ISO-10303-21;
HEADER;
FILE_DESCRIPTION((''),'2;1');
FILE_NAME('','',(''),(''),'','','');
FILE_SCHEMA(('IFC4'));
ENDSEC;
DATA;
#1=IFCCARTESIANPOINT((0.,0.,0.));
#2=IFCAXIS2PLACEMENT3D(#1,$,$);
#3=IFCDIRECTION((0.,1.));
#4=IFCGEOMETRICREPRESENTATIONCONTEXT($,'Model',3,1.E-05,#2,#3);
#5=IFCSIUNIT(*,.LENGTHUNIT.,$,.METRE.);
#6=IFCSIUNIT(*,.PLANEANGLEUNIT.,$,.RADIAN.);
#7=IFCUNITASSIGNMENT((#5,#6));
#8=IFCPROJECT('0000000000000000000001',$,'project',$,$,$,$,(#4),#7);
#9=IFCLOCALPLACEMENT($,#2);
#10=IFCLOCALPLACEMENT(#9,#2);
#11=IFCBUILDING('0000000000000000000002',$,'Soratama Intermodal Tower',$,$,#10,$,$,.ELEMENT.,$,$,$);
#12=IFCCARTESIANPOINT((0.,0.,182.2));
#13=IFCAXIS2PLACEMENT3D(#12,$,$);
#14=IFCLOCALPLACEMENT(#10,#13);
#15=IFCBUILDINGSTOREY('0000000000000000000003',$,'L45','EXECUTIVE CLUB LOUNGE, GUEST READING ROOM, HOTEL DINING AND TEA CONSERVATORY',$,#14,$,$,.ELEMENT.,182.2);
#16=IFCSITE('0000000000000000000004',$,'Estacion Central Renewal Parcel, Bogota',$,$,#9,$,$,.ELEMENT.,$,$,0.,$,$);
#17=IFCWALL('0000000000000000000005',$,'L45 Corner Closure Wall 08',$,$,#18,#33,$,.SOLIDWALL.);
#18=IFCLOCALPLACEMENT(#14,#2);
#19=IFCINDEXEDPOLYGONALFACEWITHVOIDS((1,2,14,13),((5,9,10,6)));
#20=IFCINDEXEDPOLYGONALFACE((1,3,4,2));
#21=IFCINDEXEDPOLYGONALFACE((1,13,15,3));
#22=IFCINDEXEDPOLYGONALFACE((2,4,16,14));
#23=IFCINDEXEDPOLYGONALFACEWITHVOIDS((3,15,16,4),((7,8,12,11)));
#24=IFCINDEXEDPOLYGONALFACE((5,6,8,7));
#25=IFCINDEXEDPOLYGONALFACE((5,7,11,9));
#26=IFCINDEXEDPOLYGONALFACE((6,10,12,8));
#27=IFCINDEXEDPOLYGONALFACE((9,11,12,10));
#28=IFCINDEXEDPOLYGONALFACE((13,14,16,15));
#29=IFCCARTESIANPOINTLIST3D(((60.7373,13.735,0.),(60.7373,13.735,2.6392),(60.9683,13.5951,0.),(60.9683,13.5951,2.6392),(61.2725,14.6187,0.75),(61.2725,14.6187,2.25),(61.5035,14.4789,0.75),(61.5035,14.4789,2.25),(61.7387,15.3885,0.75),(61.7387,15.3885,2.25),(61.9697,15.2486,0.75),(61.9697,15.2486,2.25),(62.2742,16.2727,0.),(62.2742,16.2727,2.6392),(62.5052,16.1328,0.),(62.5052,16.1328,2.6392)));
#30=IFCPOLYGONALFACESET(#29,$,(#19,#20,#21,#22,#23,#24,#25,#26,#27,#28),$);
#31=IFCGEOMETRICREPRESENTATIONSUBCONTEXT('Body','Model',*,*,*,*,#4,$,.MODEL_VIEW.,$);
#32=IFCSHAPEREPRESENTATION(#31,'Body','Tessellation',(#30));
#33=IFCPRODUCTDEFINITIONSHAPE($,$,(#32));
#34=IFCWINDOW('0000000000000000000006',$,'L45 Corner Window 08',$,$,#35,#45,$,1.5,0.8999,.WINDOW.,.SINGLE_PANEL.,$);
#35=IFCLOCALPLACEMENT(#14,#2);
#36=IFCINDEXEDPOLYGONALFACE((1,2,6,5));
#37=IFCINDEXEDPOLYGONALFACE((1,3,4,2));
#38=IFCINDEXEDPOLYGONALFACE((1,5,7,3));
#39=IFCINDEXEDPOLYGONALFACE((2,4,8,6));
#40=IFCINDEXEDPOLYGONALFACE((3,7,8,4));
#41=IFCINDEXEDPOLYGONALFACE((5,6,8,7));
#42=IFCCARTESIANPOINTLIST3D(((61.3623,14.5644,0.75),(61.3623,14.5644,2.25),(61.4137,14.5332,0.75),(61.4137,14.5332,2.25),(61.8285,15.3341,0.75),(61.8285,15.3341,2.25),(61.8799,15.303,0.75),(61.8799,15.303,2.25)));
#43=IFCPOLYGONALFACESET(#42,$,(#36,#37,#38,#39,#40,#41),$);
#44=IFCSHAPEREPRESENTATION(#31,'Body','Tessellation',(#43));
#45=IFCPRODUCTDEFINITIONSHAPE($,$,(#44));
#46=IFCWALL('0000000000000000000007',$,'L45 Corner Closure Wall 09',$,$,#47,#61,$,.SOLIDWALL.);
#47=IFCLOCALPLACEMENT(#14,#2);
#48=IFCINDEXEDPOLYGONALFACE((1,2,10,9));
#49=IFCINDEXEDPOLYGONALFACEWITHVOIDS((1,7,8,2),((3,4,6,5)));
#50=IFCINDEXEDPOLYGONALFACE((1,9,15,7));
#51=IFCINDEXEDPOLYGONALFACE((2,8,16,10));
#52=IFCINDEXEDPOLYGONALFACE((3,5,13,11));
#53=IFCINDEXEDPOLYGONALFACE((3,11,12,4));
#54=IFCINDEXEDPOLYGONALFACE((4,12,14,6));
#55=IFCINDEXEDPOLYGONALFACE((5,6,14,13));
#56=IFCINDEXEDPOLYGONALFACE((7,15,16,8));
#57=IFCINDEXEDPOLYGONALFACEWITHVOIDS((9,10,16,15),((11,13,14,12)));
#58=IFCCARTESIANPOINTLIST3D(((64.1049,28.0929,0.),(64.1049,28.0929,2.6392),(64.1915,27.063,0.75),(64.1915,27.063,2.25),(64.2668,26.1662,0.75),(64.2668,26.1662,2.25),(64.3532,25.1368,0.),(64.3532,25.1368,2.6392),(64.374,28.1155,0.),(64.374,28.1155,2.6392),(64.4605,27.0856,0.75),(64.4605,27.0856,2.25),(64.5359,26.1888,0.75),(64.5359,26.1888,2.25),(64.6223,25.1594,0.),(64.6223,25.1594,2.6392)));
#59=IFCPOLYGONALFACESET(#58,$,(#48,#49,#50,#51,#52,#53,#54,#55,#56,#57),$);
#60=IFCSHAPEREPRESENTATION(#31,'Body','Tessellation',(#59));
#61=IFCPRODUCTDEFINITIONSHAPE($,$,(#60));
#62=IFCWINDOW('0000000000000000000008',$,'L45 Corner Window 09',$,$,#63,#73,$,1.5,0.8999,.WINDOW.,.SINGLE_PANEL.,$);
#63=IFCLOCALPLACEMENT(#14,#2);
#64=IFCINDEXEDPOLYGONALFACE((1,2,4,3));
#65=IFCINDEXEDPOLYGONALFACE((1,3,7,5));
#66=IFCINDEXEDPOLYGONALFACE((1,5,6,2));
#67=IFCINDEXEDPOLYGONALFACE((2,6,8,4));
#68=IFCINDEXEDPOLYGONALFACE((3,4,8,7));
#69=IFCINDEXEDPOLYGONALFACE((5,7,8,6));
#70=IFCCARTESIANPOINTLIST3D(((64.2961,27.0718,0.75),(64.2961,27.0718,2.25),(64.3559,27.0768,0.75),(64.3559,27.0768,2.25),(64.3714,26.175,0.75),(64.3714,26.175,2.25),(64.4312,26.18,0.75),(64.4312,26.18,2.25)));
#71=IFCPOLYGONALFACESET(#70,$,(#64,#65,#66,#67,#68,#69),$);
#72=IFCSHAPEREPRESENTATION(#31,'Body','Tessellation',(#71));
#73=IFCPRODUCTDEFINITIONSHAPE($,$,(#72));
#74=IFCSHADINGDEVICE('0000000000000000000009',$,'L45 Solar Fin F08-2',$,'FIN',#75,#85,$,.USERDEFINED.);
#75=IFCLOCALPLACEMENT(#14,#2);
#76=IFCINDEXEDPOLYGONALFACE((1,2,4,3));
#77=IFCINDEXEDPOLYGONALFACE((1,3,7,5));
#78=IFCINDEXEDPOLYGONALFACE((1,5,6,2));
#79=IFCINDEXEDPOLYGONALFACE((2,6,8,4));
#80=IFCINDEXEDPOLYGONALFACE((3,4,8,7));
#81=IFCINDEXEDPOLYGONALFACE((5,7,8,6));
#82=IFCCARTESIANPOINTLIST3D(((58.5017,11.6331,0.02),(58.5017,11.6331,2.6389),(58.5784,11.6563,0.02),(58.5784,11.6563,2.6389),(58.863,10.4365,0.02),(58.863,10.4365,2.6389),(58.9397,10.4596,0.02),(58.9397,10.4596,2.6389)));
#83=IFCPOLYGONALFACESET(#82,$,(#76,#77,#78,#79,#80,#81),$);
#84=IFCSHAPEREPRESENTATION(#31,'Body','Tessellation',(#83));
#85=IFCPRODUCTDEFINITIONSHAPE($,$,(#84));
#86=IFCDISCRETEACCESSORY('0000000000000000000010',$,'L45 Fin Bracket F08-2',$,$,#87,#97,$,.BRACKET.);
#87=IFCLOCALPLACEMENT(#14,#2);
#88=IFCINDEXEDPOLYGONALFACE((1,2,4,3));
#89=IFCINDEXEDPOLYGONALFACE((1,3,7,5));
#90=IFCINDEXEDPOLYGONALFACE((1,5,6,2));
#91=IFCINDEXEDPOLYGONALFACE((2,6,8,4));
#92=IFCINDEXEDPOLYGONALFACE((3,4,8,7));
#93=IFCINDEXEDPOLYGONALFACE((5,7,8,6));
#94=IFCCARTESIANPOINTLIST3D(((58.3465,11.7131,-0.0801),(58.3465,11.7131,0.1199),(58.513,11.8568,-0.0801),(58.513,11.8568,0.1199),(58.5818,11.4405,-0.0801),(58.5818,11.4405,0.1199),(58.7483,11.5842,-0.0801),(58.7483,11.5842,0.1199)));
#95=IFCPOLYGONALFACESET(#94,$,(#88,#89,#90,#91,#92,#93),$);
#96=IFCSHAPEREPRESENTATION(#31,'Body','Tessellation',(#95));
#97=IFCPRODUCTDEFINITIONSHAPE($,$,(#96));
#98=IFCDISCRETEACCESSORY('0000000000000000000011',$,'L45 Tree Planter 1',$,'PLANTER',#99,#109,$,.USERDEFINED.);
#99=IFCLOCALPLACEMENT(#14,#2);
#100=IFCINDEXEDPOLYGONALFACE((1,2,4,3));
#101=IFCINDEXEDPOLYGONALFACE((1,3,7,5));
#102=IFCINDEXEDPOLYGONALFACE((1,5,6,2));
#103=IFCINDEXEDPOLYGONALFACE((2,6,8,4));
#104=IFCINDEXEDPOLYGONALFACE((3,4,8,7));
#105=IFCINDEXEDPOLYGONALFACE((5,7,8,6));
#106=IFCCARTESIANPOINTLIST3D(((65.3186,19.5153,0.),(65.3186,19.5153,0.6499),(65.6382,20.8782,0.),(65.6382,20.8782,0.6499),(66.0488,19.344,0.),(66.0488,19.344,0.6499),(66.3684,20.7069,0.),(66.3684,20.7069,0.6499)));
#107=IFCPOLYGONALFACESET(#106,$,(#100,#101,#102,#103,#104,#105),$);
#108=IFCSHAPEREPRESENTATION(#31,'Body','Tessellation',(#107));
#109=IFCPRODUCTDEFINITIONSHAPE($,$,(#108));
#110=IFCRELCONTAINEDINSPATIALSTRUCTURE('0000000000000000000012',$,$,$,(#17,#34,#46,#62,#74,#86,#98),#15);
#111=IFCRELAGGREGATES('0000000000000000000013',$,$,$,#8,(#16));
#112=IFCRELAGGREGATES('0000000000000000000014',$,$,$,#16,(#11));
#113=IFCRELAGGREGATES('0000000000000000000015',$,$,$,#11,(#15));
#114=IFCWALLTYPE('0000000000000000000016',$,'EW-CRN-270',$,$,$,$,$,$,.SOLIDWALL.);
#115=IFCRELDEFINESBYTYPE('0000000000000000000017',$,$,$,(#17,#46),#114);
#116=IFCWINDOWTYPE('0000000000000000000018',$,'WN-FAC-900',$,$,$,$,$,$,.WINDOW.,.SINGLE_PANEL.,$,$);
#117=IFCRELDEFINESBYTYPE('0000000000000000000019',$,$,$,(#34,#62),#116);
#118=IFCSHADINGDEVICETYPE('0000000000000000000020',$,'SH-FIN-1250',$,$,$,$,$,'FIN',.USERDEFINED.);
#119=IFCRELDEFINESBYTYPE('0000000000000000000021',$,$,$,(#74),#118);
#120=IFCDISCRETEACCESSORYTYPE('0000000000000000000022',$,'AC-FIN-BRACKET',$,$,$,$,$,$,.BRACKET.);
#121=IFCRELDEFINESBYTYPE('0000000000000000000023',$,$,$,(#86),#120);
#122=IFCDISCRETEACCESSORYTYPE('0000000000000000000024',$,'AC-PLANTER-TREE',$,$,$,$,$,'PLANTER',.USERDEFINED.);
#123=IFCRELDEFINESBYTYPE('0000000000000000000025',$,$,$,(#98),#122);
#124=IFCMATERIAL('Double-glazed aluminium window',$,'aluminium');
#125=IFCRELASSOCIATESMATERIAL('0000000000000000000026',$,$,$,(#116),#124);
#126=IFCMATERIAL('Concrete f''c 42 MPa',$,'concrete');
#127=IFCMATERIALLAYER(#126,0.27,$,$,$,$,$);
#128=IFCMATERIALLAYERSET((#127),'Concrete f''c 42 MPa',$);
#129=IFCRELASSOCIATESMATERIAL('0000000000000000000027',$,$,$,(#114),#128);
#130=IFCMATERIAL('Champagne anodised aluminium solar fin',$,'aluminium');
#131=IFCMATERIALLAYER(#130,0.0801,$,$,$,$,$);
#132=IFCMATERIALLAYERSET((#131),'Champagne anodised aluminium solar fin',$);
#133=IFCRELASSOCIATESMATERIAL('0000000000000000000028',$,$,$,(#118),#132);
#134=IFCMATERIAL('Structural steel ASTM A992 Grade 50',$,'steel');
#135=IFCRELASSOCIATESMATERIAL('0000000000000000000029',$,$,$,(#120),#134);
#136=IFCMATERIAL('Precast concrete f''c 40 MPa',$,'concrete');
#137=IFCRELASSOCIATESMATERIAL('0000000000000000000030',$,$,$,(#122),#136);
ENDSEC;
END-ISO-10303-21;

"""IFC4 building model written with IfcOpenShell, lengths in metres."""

from ifc_helpers import new_model, si_unit, direction, frame, frame_2d, origin, origin_2d, place, context, subcontext, project, spatial, rectangle, extrude, material, layer, layer_set, type_object, element, fill, save


model = new_model("IFC4")

# Units and contexts
model_context = context("Model", 3, precision=1e-05, world=origin(), true_north=direction((0.0, 1.0)))
body_context = subcontext(model_context, "Body", "Model", "MODEL_VIEW")
ifc_project = project(units=[si_unit("LENGTHUNIT", "METRE"), si_unit("PLANEANGLEUNIT", "RADIAN")], contexts=[model_context])

# Site, building, storey
site_placement = place(None, origin())
site = spatial("IfcSite", under=ifc_project, at=site_placement, Name="Estacion Central Renewal Parcel, Bogota", CompositionType="ELEMENT", RefElevation=0.0)
building_placement = place(site_placement, origin())
building = spatial("IfcBuilding", under=site, at=building_placement, Name="Soratama Intermodal Tower", CompositionType="ELEMENT")
storey_placement = place(building_placement, frame((0.0, 0.0, 182.2)))
storey = spatial("IfcBuildingStorey", under=building, at=storey_placement, Name="L45", Description="EXECUTIVE CLUB LOUNGE, GUEST READING ROOM, HOTEL DINING AND TEA CONSERVATORY", CompositionType="ELEMENT", Elevation=182.2)

# Shared definitions
ifc_material_1 = material(Name="Double-glazed aluminium window", Category="aluminium")
window_type = type_object("IfcWindowType", Name="WN-FAC-900", PartitioningType="SINGLE_PANEL", PredefinedType="WINDOW", material=ifc_material_1)

# Walls, openings, windows
ifc_material_2 = material(Name="Concrete f'c 42 MPa", Category="concrete")
ifc_layer_1 = layer(ifc_material_2, 0.27)
ifc_layer_set_1 = layer_set([ifc_layer_1], Name="Concrete f'c 42 MPa")
wall_type_1 = type_object("IfcWallType", Name="EW-CRN-270", PredefinedType="SOLIDWALL", material=ifc_layer_set_1)
wall_1_placement = place(storey_placement, frame((60.8528, 13.665, 0.0), z_axis=(0.0, 0.0, 1.0), x_axis=(0.518037, 0.855358, 0.0)))
wall_1 = element("IfcWall", 1, at=wall_1_placement, inside=storey, type_object=wall_type_1, Name="L45 Corner Closure Wall 08", PredefinedType="SOLIDWALL", context=body_context, shape_type="SweptSolid", body=[
    extrude(rectangle(XDim=2.9668, YDim=0.27, at=frame_2d((1.4834, 0.0))), origin(), (0.0, 0.0, 1.0), 2.6392),
])
opening_1_placement = place(wall_1_placement, frame((1.0332, 0.0, 0.75)))
opening_1 = element("IfcOpeningElement", 2, at=opening_1_placement, cuts=wall_1, PredefinedType="OPENING", context=body_context, shape_type="SweptSolid", body=[
    extrude(rectangle(XDim=0.8999, YDim=1.5, at=frame_2d((0.45, 0.75))), frame((0.0, 0.145, 0.0), z_axis=(0.0, -1.0, 0.0), x_axis=(1.0, 0.0, 0.0)), (0.0, 0.0, 1.0), 0.29),
])
window_1_placement = place(opening_1_placement, origin())
window_1 = element("IfcWindow", 3, at=window_1_placement, inside=storey, type_object=window_type, Name="L45 Corner Window 08", OverallHeight=1.5, OverallWidth=0.8999, PartitioningType="SINGLE_PANEL", PredefinedType="WINDOW", context=body_context, shape_type="SweptSolid", body=[
    extrude(rectangle(XDim=0.8999, YDim=1.5, at=frame_2d((0.45, 0.75))), frame((0.0, 0.03, 0.0), z_axis=(0.0, -1.0, 0.0), x_axis=(1.0, 0.0, 0.0)), (0.0, 0.0, 1.0), 0.0601),
])
fill(opening_1, window_1)
wall_2_placement = place(storey_placement, frame((64.4878, 25.1479, 0.0), z_axis=(0.0, 0.0, 1.0), x_axis=(-0.083699, 0.996491, 0.0)))
wall_2 = element("IfcWall", 4, at=wall_2_placement, inside=storey, type_object=wall_type_1, Name="L45 Corner Closure Wall 09", PredefinedType="SOLIDWALL", context=body_context, shape_type="SweptSolid", body=[
    extrude(rectangle(XDim=2.9666, YDim=0.27, at=frame_2d((1.4834, 0.0))), origin(), (0.0, 0.0, 1.0), 2.6392),
])
opening_2_placement = place(wall_2_placement, frame((1.0332, 0.0, 0.75)))
opening_2 = element("IfcOpeningElement", 5, at=opening_2_placement, cuts=wall_2, PredefinedType="OPENING", context=body_context, shape_type="SweptSolid", body=[
    extrude(rectangle(XDim=0.8999, YDim=1.5, at=frame_2d((0.45, 0.75))), frame((0.0, 0.145, 0.0), z_axis=(0.0, -1.0, 0.0), x_axis=(1.0, 0.0, 0.0)), (0.0, 0.0, 1.0), 0.29),
])
window_2_placement = place(opening_2_placement, origin())
window_2 = element("IfcWindow", 6, at=window_2_placement, inside=storey, type_object=window_type, Name="L45 Corner Window 09", OverallHeight=1.5, OverallWidth=0.8999, PartitioningType="SINGLE_PANEL", PredefinedType="WINDOW", context=body_context, shape_type="SweptSolid", body=[
    extrude(rectangle(XDim=0.8999, YDim=1.5, at=frame_2d((0.45, 0.75))), frame((0.0, 0.03, 0.0), z_axis=(0.0, -1.0, 0.0), x_axis=(1.0, 0.0, 0.0)), (0.0, 0.0, 1.0), 0.0601),
])
fill(opening_2, window_2)

# Shading device
ifc_material_3 = material(Name="Champagne anodised aluminium solar fin", Category="aluminium")
ifc_layer_2 = layer(ifc_material_3, 0.0801)
ifc_layer_set_2 = layer_set([ifc_layer_2], Name="Champagne anodised aluminium solar fin")
shading_device_type = type_object("IfcShadingDeviceType", Name="SH-FIN-1250", ElementType="FIN", PredefinedType="USERDEFINED", material=ifc_layer_set_2)
shading_device_placement = place(storey_placement, frame((58.7207, 11.0464, 0.02), z_axis=(0.0, 0.0, 1.0), x_axis=(0.289032, -0.957319, 0.0)))
element("IfcShadingDevice", 7, at=shading_device_placement, inside=storey, type_object=shading_device_type, Name="L45 Solar Fin F08-2", ObjectType="FIN", PredefinedType="USERDEFINED", context=body_context, shape_type="SweptSolid", body=[
    extrude(rectangle(XDim=1.25, YDim=0.0801, at=origin_2d()), origin(), (0.0, 0.0, 1.0), 2.6189),
])

# Discrete accessories
ifc_material_4 = material(Name="Structural steel ASTM A992 Grade 50", Category="steel")
discrete_accessory_type_1 = type_object("IfcDiscreteAccessoryType", Name="AC-FIN-BRACKET", PredefinedType="BRACKET", material=ifc_material_4)
discrete_accessory_1_placement = place(storey_placement, frame((58.5474, 11.6487, -0.0801), z_axis=(0.0, 0.0, 1.0), x_axis=(0.653421, -0.756995, 0.0)))
element("IfcDiscreteAccessory", 8, at=discrete_accessory_1_placement, inside=storey, type_object=discrete_accessory_type_1, Name="L45 Fin Bracket F08-2", PredefinedType="BRACKET", context=body_context, shape_type="SweptSolid", body=[
    extrude(rectangle(XDim=0.3601, YDim=0.22, at=origin_2d()), origin(), (0.0, 0.0, 1.0), 0.2),
])
ifc_material_5 = material(Name="Precast concrete f'c 40 MPa", Category="concrete")
discrete_accessory_type_2 = type_object("IfcDiscreteAccessoryType", Name="AC-PLANTER-TREE", ElementType="PLANTER", PredefinedType="USERDEFINED", material=ifc_material_5)
discrete_accessory_2_placement = place(storey_placement, frame((65.8435, 20.1111, 0.0), z_axis=(0.0, 0.0, 1.0), x_axis=(0.973579, -0.228351, 0.0)))
element("IfcDiscreteAccessory", 9, at=discrete_accessory_2_placement, inside=storey, type_object=discrete_accessory_type_2, Name="L45 Tree Planter 1", ObjectType="PLANTER", PredefinedType="USERDEFINED", context=body_context, shape_type="SweptSolid", body=[
    extrude(rectangle(XDim=0.75, YDim=1.3999, at=origin_2d()), origin(), (0.0, 0.0, 1.0), 0.6499),
])

save(model, "model.ifc")
